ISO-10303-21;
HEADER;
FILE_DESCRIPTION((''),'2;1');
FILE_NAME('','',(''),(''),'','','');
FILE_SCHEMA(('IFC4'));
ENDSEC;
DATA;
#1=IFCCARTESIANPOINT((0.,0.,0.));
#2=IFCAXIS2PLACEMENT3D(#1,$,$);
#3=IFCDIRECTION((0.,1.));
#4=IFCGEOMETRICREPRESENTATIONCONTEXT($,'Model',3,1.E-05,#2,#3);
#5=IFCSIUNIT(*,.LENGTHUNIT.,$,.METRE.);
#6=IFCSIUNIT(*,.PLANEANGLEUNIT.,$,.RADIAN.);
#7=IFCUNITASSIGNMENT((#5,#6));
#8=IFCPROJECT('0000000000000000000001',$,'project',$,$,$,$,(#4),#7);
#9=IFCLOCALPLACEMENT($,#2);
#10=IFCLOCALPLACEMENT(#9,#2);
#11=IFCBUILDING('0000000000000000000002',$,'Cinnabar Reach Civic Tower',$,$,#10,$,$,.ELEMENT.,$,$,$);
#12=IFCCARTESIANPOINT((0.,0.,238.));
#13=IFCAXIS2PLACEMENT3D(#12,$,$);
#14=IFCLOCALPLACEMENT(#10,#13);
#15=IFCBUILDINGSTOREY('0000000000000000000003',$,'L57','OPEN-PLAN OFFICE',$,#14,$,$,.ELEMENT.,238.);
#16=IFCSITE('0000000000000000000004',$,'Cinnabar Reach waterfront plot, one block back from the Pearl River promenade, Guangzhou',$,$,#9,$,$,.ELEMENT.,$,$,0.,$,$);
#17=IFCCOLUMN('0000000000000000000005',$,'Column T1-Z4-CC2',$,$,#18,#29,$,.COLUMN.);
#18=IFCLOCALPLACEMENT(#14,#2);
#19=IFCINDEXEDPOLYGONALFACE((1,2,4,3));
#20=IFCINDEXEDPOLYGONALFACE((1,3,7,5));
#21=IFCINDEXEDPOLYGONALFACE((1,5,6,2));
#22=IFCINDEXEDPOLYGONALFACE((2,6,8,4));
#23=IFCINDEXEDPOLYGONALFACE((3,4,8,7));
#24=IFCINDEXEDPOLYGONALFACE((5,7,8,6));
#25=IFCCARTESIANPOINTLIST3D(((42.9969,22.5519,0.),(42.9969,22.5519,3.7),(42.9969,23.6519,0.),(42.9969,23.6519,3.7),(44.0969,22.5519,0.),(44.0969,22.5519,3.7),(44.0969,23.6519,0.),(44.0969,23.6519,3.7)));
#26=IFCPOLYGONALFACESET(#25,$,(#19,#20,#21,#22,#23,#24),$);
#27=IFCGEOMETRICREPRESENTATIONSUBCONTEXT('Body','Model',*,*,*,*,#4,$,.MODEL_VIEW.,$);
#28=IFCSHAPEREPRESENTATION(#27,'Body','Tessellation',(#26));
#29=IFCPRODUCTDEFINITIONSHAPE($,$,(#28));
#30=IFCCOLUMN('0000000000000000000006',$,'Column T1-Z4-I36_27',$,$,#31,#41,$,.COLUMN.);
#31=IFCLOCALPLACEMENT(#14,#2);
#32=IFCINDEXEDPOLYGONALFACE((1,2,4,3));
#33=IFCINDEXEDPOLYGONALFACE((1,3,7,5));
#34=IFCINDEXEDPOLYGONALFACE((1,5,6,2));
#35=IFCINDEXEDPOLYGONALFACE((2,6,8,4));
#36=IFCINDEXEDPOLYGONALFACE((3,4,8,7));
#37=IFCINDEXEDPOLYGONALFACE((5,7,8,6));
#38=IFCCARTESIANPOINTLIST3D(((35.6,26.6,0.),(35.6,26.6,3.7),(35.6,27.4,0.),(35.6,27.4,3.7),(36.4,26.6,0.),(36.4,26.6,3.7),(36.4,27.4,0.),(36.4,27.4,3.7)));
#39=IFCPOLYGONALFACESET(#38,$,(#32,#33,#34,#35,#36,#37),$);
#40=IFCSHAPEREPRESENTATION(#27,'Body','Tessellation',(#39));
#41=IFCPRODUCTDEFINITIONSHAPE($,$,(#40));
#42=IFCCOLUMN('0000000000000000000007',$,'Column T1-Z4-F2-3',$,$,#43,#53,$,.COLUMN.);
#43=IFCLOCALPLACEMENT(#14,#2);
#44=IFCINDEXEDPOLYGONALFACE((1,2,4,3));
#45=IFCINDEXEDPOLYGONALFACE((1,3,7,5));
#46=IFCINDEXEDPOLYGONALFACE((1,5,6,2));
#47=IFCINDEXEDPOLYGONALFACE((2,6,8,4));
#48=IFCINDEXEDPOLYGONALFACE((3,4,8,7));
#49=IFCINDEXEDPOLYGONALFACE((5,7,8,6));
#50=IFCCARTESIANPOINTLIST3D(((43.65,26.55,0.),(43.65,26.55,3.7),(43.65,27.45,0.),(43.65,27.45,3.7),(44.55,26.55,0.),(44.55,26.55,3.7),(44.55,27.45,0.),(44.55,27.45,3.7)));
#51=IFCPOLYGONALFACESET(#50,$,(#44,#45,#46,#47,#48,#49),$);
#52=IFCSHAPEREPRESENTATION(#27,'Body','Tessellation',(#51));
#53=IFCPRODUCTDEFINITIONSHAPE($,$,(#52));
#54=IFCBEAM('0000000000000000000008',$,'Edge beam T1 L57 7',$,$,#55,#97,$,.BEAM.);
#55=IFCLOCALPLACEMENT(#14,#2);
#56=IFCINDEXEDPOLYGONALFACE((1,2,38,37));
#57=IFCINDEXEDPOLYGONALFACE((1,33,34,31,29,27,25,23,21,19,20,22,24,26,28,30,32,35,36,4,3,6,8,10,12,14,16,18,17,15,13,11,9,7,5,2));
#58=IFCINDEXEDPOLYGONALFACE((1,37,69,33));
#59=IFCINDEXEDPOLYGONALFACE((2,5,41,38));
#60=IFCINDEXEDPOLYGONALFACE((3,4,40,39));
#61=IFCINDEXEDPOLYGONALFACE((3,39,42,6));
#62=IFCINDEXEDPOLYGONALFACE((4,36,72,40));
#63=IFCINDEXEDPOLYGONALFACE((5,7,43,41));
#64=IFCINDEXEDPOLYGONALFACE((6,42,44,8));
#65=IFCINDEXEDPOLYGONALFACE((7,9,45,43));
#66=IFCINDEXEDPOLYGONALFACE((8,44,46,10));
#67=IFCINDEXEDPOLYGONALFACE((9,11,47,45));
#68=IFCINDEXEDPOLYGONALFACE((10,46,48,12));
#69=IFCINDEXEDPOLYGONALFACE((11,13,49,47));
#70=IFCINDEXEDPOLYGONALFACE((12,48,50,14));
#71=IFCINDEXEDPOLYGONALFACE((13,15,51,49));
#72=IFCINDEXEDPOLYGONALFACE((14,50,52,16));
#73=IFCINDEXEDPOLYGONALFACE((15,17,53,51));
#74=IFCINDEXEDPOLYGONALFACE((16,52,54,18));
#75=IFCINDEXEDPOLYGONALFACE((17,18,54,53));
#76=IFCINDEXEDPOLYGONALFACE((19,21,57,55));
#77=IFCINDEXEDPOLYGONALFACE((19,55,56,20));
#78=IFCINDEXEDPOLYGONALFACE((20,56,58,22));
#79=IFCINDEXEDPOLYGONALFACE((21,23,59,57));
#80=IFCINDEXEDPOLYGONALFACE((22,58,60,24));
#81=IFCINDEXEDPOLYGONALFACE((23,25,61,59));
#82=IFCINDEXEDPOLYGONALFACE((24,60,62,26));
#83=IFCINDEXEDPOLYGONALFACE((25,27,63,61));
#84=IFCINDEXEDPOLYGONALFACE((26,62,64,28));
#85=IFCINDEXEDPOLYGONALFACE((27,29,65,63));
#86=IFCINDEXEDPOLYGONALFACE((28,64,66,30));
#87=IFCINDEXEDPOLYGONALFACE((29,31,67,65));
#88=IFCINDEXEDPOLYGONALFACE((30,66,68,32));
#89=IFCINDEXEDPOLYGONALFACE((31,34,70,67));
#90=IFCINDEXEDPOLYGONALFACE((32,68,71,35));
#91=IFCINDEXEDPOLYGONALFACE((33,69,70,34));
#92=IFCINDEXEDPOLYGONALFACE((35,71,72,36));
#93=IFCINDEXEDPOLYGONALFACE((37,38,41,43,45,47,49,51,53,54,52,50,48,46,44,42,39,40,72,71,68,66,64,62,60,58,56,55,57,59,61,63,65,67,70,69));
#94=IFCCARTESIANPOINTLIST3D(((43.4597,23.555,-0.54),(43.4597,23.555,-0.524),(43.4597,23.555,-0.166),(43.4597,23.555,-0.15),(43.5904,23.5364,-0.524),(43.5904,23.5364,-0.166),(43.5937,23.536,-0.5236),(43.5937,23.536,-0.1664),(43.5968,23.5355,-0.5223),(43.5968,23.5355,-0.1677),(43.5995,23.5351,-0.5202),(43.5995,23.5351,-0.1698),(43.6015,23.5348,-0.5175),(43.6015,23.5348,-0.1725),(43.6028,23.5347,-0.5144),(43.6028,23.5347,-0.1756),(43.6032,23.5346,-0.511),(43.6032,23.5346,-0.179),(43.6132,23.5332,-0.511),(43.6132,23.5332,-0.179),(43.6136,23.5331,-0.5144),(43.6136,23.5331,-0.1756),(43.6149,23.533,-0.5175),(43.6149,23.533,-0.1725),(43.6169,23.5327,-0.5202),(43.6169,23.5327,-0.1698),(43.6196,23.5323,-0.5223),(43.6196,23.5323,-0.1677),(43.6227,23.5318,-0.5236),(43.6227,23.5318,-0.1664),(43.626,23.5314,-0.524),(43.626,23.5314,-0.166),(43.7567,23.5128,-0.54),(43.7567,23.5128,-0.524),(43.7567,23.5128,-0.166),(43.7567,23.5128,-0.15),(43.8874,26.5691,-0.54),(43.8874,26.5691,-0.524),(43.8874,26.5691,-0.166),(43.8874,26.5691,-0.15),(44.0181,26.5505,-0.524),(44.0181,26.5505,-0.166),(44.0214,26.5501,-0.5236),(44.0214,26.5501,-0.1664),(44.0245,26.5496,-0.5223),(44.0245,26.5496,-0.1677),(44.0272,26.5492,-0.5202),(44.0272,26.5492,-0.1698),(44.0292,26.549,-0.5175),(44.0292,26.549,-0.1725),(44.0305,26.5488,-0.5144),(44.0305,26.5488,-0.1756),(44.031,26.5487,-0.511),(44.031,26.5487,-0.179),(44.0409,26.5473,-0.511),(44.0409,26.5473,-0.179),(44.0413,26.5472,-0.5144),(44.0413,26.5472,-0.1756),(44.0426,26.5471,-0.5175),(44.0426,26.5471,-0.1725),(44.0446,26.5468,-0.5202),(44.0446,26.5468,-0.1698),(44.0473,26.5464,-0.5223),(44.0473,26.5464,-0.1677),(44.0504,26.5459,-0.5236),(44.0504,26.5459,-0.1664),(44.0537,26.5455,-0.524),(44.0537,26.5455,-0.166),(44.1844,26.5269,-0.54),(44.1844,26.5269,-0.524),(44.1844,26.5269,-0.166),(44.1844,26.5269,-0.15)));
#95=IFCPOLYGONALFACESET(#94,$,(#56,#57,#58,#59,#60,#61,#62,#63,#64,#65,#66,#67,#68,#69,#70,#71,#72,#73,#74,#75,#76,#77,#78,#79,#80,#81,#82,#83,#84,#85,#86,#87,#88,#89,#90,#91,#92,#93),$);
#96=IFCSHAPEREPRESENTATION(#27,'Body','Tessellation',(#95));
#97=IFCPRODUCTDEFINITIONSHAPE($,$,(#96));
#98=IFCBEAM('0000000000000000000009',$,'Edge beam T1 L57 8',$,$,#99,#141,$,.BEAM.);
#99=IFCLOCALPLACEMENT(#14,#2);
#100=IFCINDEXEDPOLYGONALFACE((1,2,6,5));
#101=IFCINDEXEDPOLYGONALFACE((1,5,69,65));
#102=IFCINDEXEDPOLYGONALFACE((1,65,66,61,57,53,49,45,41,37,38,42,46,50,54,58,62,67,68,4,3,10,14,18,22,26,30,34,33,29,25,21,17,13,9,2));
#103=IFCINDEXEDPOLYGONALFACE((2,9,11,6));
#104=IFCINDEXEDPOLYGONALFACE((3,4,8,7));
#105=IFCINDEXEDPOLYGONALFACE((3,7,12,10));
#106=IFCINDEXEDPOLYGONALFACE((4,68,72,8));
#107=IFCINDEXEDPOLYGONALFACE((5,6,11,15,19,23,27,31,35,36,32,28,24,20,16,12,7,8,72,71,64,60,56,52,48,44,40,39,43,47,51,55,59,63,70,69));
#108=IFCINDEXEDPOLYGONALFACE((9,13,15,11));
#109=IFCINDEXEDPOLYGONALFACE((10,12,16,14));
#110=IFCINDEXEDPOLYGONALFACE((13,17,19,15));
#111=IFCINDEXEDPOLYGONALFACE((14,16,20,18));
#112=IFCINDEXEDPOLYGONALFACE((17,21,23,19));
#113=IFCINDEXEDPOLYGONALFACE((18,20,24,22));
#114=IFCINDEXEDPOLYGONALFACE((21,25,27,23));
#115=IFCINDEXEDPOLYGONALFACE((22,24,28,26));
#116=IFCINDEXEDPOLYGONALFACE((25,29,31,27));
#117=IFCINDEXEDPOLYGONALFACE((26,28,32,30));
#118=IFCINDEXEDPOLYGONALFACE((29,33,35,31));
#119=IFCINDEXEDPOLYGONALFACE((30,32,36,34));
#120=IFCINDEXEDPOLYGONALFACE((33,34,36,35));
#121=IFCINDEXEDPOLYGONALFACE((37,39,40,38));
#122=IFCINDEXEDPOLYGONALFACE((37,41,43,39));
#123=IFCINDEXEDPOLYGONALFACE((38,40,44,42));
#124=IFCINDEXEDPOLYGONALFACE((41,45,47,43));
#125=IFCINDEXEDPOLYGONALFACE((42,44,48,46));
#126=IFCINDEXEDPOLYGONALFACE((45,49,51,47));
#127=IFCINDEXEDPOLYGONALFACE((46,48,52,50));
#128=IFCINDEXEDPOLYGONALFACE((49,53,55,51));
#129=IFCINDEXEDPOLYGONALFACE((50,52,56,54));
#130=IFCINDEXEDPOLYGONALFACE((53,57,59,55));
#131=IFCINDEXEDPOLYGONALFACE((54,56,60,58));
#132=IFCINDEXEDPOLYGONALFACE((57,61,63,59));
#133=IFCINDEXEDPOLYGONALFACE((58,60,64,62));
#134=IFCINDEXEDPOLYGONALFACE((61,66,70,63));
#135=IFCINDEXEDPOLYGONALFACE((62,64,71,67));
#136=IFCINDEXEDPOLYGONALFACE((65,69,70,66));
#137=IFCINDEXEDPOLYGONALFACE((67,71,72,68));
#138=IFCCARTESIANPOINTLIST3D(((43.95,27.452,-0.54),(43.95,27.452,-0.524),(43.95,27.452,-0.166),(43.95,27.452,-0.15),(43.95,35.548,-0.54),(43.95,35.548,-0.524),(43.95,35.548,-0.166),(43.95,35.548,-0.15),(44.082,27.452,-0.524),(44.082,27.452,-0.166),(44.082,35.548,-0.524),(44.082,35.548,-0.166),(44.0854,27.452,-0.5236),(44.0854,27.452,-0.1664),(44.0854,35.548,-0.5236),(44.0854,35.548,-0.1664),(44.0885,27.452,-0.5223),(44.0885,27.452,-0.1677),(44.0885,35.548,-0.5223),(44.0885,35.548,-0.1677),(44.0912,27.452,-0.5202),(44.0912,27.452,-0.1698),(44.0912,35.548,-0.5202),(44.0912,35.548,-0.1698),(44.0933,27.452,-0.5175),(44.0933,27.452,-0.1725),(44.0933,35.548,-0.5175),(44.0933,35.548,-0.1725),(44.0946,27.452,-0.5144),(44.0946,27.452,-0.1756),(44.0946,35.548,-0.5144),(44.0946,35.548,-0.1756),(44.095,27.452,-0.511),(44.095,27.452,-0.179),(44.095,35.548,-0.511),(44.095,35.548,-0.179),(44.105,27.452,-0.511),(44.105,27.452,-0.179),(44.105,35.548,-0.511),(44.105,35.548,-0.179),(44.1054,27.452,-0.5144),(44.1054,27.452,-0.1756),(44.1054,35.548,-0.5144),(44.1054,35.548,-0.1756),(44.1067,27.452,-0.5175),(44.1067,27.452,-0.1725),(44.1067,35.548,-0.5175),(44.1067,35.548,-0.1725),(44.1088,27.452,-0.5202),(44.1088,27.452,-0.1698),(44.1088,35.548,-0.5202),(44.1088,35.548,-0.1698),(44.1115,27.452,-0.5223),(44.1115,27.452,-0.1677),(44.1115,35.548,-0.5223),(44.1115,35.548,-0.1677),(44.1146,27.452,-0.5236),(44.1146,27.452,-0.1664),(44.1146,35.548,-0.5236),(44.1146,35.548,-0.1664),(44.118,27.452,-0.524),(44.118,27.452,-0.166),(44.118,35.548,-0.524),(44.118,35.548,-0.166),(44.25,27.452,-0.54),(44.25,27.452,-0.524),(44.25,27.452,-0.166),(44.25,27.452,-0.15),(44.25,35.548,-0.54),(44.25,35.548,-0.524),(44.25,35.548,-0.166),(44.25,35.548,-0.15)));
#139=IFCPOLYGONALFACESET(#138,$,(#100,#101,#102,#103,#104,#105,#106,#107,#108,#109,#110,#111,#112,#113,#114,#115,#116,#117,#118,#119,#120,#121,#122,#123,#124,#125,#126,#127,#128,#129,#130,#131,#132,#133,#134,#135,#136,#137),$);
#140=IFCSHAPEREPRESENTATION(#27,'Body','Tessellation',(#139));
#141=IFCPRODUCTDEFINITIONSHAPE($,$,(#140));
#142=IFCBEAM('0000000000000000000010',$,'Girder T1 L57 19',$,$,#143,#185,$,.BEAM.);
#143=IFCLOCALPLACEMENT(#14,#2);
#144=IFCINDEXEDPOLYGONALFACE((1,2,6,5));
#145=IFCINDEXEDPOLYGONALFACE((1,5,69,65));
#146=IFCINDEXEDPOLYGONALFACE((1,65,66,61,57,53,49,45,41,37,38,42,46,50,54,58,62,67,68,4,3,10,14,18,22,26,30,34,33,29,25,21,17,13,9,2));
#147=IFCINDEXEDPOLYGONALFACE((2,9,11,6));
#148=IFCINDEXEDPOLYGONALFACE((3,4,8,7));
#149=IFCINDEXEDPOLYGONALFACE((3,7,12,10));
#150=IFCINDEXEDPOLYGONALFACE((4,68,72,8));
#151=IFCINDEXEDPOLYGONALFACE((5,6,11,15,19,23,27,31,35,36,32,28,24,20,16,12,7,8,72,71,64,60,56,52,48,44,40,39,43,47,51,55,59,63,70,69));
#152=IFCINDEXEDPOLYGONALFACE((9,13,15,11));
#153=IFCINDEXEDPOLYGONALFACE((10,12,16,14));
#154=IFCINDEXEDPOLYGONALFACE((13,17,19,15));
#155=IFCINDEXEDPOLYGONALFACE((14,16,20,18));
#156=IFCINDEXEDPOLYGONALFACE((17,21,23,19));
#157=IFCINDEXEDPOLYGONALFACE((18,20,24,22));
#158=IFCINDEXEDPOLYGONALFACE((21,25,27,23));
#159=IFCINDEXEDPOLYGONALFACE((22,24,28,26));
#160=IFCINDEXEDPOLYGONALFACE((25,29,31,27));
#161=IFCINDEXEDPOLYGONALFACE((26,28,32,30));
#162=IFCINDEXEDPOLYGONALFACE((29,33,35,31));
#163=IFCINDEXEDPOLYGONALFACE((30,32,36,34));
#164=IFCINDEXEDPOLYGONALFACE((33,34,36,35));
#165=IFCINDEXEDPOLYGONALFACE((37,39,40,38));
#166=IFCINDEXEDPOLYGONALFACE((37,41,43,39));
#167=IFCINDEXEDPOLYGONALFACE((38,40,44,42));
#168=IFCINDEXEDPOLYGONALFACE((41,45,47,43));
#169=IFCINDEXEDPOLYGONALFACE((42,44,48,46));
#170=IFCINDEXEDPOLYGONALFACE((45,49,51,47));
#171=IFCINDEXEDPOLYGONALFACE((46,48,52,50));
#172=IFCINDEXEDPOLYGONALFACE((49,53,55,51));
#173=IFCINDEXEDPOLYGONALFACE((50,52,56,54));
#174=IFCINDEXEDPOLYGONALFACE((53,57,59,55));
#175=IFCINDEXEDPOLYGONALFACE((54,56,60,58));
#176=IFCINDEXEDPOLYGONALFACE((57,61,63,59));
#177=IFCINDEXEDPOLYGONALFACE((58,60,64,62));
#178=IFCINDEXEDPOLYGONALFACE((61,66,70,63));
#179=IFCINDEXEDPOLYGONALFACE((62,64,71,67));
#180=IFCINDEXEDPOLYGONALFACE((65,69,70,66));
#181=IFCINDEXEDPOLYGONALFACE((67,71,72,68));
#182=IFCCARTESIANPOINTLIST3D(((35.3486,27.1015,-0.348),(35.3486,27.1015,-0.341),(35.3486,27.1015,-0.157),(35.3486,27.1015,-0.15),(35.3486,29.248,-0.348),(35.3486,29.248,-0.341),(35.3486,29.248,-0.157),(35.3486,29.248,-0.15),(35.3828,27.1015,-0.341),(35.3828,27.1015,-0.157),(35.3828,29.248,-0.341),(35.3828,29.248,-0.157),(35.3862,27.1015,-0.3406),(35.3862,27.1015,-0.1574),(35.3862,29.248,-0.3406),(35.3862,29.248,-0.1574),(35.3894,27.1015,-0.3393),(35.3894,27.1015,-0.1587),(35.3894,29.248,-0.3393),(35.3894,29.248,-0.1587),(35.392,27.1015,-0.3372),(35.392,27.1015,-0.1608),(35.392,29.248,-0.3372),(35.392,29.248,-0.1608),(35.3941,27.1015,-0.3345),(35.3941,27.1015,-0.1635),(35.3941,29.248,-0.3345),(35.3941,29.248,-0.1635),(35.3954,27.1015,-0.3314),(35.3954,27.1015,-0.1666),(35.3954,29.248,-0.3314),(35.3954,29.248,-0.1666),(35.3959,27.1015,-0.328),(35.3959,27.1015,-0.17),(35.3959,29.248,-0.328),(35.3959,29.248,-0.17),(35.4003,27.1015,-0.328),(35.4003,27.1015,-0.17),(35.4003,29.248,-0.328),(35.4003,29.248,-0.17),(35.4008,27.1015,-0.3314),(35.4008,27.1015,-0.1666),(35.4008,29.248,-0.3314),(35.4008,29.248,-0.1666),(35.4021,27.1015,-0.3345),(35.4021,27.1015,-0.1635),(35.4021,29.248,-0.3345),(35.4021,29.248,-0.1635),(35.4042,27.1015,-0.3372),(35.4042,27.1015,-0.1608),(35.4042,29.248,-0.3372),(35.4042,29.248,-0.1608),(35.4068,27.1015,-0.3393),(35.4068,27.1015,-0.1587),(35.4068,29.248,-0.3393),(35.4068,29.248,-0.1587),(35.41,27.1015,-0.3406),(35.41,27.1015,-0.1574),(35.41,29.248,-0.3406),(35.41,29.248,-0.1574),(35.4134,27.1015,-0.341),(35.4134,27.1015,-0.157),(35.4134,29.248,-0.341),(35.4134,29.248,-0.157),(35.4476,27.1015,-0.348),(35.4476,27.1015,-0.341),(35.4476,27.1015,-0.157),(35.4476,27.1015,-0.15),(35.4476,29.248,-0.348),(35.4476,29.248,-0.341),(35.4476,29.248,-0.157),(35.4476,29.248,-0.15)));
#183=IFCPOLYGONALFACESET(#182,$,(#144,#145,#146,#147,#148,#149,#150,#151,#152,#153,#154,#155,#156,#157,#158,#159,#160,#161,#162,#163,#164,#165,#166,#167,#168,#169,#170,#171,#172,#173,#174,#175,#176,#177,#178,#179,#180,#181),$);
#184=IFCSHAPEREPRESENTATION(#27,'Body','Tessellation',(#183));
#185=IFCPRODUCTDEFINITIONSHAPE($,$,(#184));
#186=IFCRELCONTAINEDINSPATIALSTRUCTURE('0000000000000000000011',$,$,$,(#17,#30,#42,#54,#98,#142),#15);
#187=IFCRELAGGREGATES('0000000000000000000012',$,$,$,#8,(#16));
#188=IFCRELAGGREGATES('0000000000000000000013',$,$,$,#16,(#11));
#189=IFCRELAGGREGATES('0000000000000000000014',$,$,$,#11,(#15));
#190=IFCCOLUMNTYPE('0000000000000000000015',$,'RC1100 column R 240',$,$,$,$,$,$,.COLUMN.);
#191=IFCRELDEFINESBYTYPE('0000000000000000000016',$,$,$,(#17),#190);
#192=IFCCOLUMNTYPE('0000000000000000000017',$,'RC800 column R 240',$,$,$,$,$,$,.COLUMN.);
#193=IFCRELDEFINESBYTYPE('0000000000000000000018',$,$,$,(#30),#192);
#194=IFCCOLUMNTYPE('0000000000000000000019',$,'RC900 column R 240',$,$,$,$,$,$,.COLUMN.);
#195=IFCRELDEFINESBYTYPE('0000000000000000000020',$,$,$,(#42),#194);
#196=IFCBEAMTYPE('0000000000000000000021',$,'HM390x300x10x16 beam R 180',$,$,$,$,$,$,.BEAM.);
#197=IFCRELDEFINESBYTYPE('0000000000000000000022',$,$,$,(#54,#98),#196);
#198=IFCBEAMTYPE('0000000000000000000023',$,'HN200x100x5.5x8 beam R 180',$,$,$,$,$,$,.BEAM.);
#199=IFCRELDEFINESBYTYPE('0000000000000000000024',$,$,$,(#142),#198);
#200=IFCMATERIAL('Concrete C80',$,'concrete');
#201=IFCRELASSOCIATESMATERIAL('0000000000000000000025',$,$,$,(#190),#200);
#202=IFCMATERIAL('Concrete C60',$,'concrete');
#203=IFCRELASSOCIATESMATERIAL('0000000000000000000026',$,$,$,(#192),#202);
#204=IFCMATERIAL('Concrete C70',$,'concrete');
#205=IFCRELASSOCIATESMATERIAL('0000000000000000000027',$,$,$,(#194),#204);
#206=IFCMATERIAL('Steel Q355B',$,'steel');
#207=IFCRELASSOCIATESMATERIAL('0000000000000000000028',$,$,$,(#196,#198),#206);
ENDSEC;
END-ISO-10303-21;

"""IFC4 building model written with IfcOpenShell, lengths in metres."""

from ifc_helpers import new_model, si_unit, direction, frame, origin, origin_2d, place, context, subcontext, project, spatial, rectangle, i_section, extrude, material, material_profile, profile_set, type_object, element, save


model = new_model("IFC4")

# Units and contexts
model_context = context("Model", 3, precision=1e-05, world=origin(), true_north=direction((0.0, 1.0)))
body_context = subcontext(model_context, "Body", "Model", "MODEL_VIEW")
ifc_project = project(units=[si_unit("LENGTHUNIT", "METRE"), si_unit("PLANEANGLEUNIT", "RADIAN")], contexts=[model_context])

# Site, building, storey
site_placement = place(None, origin())
site = spatial("IfcSite", under=ifc_project, at=site_placement, Name="Cinnabar Reach waterfront plot, one block back from the Pearl River promenade, Guangzhou", CompositionType="ELEMENT", RefElevation=0.0)
building_placement = place(site_placement, origin())
building = spatial("IfcBuilding", under=site, at=building_placement, Name="Cinnabar Reach Civic Tower", CompositionType="ELEMENT")
storey_placement = place(building_placement, frame((0.0, 0.0, 238.0)))
storey = spatial("IfcBuildingStorey", under=building, at=storey_placement, Name="L57", Description="OPEN-PLAN OFFICE", CompositionType="ELEMENT", Elevation=238.0)

# Columns
ifc_material_1 = material(Name="Concrete C80", Category="concrete")
ifc_material_profile_1 = material_profile(ifc_material_1, rectangle(XDim=1.1, YDim=1.1, at=origin_2d()), Name="RC1100")
ifc_profile_set_1 = profile_set([ifc_material_profile_1], Name="Concrete C80")
column_type_1 = type_object("IfcColumnType", Name="RC1100 column R 240", PredefinedType="COLUMN", material=ifc_profile_set_1)
column_1_placement = place(storey_placement, frame((43.5469, 23.1019, 0.0), z_axis=(0.0, 0.0, 1.0), x_axis=(1.0, 0.0, 0.0)))
element("IfcColumn", 1, at=column_1_placement, inside=storey, type_object=column_type_1, Name="Column T1-Z4-CC2", PredefinedType="COLUMN", context=body_context, shape_type="SweptSolid", body=[
    extrude(rectangle(XDim=1.1, YDim=1.1, at=origin_2d()), origin(), (0.0, 0.0, 1.0), 3.7),
])
ifc_material_2 = material(Name="Concrete C60", Category="concrete")
ifc_material_profile_2 = material_profile(ifc_material_2, rectangle(XDim=0.8, YDim=0.8, at=origin_2d()), Name="RC800")
ifc_profile_set_2 = profile_set([ifc_material_profile_2], Name="Concrete C60")
column_type_2 = type_object("IfcColumnType", Name="RC800 column R 240", PredefinedType="COLUMN", material=ifc_profile_set_2)
column_2_placement = place(storey_placement, frame((36.0, 27.0, 0.0), z_axis=(0.0, 0.0, 1.0), x_axis=(1.0, 0.0, 0.0)))
element("IfcColumn", 2, at=column_2_placement, inside=storey, type_object=column_type_2, Name="Column T1-Z4-I36_27", PredefinedType="COLUMN", context=body_context, shape_type="SweptSolid", body=[
    extrude(rectangle(XDim=0.8, YDim=0.8, at=origin_2d()), origin(), (0.0, 0.0, 1.0), 3.7),
])
ifc_material_3 = material(Name="Concrete C70", Category="concrete")
ifc_material_profile_3 = material_profile(ifc_material_3, rectangle(XDim=0.9, YDim=0.9, at=origin_2d()), Name="RC900")
ifc_profile_set_3 = profile_set([ifc_material_profile_3], Name="Concrete C70")
column_type_3 = type_object("IfcColumnType", Name="RC900 column R 240", PredefinedType="COLUMN", material=ifc_profile_set_3)
column_3_placement = place(storey_placement, frame((44.1, 27.0, 0.0), z_axis=(0.0, 0.0, 1.0), x_axis=(1.0, 0.0, 0.0)))
element("IfcColumn", 3, at=column_3_placement, inside=storey, type_object=column_type_3, Name="Column T1-Z4-F2-3", PredefinedType="COLUMN", context=body_context, shape_type="SweptSolid", body=[
    extrude(rectangle(XDim=0.9, YDim=0.9, at=origin_2d()), origin(), (0.0, 0.0, 1.0), 3.7),
])

# Beams
ifc_material_4 = material(Name="Steel Q355B", Category="steel")
ifc_material_profile_4 = material_profile(ifc_material_4, i_section(OverallWidth=0.3, OverallDepth=0.39, WebThickness=0.01, FlangeThickness=0.016, FilletRadius=0.013, at=origin_2d()), Name="HM390x300x10x16")
ifc_profile_set_4 = profile_set([ifc_material_profile_4], Name="Steel Q355B")
beam_type_1 = type_object("IfcBeamType", Name="HM390x300x10x16 beam R 180", PredefinedType="BEAM", material=ifc_profile_set_4)
beam_1_placement = place(storey_placement, frame((43.6082, 23.5339, -0.345), z_axis=(0.140492, 0.990082, 0.0), x_axis=(-0.990082, 0.140492, 0.0)))
element("IfcBeam", 4, at=beam_1_placement, inside=storey, type_object=beam_type_1, Name="Edge beam T1 L57 7", PredefinedType="BEAM", context=body_context, shape_type="SweptSolid", body=[
    extrude(i_section(OverallWidth=0.3, OverallDepth=0.39, WebThickness=0.01, FlangeThickness=0.016, FilletRadius=0.013, at=origin_2d()), origin(), (0.0, 0.0, 1.0), 3.0443),
])
beam_2_placement = place(storey_placement, frame((44.1, 27.452, -0.345), z_axis=(0.0, 1.0, 0.0), x_axis=(-1.0, 0.0, 0.0)))
element("IfcBeam", 5, at=beam_2_placement, inside=storey, type_object=beam_type_1, Name="Edge beam T1 L57 8", PredefinedType="BEAM", context=body_context, shape_type="SweptSolid", body=[
    extrude(i_section(OverallWidth=0.3, OverallDepth=0.39, WebThickness=0.01, FlangeThickness=0.016, FilletRadius=0.013, at=origin_2d()), origin(), (0.0, 0.0, 1.0), 8.096),
])
ifc_material_profile_5 = material_profile(ifc_material_4, i_section(OverallWidth=0.099, OverallDepth=0.198, WebThickness=0.0045, FlangeThickness=0.007, FilletRadius=0.013, at=origin_2d()), Name="HN200x100x5.5x8")
ifc_profile_set_5 = profile_set([ifc_material_profile_5], Name="Steel Q355B")
beam_type_2 = type_object("IfcBeamType", Name="HN200x100x5.5x8 beam R 180", PredefinedType="BEAM", material=ifc_profile_set_5)
beam_3_placement = place(storey_placement, frame((35.3981, 27.1015, -0.249), z_axis=(0.0, 1.0, 0.0), x_axis=(-1.0, 0.0, 0.0)))
element("IfcBeam", 6, at=beam_3_placement, inside=storey, type_object=beam_type_2, Name="Girder T1 L57 19", PredefinedType="BEAM", context=body_context, shape_type="SweptSolid", body=[
    extrude(i_section(OverallWidth=0.099, OverallDepth=0.198, WebThickness=0.0045, FlangeThickness=0.007, FilletRadius=0.013, at=origin_2d()), origin(), (0.0, 0.0, 1.0), 2.1465),
])

save(model, "model.ifc")
